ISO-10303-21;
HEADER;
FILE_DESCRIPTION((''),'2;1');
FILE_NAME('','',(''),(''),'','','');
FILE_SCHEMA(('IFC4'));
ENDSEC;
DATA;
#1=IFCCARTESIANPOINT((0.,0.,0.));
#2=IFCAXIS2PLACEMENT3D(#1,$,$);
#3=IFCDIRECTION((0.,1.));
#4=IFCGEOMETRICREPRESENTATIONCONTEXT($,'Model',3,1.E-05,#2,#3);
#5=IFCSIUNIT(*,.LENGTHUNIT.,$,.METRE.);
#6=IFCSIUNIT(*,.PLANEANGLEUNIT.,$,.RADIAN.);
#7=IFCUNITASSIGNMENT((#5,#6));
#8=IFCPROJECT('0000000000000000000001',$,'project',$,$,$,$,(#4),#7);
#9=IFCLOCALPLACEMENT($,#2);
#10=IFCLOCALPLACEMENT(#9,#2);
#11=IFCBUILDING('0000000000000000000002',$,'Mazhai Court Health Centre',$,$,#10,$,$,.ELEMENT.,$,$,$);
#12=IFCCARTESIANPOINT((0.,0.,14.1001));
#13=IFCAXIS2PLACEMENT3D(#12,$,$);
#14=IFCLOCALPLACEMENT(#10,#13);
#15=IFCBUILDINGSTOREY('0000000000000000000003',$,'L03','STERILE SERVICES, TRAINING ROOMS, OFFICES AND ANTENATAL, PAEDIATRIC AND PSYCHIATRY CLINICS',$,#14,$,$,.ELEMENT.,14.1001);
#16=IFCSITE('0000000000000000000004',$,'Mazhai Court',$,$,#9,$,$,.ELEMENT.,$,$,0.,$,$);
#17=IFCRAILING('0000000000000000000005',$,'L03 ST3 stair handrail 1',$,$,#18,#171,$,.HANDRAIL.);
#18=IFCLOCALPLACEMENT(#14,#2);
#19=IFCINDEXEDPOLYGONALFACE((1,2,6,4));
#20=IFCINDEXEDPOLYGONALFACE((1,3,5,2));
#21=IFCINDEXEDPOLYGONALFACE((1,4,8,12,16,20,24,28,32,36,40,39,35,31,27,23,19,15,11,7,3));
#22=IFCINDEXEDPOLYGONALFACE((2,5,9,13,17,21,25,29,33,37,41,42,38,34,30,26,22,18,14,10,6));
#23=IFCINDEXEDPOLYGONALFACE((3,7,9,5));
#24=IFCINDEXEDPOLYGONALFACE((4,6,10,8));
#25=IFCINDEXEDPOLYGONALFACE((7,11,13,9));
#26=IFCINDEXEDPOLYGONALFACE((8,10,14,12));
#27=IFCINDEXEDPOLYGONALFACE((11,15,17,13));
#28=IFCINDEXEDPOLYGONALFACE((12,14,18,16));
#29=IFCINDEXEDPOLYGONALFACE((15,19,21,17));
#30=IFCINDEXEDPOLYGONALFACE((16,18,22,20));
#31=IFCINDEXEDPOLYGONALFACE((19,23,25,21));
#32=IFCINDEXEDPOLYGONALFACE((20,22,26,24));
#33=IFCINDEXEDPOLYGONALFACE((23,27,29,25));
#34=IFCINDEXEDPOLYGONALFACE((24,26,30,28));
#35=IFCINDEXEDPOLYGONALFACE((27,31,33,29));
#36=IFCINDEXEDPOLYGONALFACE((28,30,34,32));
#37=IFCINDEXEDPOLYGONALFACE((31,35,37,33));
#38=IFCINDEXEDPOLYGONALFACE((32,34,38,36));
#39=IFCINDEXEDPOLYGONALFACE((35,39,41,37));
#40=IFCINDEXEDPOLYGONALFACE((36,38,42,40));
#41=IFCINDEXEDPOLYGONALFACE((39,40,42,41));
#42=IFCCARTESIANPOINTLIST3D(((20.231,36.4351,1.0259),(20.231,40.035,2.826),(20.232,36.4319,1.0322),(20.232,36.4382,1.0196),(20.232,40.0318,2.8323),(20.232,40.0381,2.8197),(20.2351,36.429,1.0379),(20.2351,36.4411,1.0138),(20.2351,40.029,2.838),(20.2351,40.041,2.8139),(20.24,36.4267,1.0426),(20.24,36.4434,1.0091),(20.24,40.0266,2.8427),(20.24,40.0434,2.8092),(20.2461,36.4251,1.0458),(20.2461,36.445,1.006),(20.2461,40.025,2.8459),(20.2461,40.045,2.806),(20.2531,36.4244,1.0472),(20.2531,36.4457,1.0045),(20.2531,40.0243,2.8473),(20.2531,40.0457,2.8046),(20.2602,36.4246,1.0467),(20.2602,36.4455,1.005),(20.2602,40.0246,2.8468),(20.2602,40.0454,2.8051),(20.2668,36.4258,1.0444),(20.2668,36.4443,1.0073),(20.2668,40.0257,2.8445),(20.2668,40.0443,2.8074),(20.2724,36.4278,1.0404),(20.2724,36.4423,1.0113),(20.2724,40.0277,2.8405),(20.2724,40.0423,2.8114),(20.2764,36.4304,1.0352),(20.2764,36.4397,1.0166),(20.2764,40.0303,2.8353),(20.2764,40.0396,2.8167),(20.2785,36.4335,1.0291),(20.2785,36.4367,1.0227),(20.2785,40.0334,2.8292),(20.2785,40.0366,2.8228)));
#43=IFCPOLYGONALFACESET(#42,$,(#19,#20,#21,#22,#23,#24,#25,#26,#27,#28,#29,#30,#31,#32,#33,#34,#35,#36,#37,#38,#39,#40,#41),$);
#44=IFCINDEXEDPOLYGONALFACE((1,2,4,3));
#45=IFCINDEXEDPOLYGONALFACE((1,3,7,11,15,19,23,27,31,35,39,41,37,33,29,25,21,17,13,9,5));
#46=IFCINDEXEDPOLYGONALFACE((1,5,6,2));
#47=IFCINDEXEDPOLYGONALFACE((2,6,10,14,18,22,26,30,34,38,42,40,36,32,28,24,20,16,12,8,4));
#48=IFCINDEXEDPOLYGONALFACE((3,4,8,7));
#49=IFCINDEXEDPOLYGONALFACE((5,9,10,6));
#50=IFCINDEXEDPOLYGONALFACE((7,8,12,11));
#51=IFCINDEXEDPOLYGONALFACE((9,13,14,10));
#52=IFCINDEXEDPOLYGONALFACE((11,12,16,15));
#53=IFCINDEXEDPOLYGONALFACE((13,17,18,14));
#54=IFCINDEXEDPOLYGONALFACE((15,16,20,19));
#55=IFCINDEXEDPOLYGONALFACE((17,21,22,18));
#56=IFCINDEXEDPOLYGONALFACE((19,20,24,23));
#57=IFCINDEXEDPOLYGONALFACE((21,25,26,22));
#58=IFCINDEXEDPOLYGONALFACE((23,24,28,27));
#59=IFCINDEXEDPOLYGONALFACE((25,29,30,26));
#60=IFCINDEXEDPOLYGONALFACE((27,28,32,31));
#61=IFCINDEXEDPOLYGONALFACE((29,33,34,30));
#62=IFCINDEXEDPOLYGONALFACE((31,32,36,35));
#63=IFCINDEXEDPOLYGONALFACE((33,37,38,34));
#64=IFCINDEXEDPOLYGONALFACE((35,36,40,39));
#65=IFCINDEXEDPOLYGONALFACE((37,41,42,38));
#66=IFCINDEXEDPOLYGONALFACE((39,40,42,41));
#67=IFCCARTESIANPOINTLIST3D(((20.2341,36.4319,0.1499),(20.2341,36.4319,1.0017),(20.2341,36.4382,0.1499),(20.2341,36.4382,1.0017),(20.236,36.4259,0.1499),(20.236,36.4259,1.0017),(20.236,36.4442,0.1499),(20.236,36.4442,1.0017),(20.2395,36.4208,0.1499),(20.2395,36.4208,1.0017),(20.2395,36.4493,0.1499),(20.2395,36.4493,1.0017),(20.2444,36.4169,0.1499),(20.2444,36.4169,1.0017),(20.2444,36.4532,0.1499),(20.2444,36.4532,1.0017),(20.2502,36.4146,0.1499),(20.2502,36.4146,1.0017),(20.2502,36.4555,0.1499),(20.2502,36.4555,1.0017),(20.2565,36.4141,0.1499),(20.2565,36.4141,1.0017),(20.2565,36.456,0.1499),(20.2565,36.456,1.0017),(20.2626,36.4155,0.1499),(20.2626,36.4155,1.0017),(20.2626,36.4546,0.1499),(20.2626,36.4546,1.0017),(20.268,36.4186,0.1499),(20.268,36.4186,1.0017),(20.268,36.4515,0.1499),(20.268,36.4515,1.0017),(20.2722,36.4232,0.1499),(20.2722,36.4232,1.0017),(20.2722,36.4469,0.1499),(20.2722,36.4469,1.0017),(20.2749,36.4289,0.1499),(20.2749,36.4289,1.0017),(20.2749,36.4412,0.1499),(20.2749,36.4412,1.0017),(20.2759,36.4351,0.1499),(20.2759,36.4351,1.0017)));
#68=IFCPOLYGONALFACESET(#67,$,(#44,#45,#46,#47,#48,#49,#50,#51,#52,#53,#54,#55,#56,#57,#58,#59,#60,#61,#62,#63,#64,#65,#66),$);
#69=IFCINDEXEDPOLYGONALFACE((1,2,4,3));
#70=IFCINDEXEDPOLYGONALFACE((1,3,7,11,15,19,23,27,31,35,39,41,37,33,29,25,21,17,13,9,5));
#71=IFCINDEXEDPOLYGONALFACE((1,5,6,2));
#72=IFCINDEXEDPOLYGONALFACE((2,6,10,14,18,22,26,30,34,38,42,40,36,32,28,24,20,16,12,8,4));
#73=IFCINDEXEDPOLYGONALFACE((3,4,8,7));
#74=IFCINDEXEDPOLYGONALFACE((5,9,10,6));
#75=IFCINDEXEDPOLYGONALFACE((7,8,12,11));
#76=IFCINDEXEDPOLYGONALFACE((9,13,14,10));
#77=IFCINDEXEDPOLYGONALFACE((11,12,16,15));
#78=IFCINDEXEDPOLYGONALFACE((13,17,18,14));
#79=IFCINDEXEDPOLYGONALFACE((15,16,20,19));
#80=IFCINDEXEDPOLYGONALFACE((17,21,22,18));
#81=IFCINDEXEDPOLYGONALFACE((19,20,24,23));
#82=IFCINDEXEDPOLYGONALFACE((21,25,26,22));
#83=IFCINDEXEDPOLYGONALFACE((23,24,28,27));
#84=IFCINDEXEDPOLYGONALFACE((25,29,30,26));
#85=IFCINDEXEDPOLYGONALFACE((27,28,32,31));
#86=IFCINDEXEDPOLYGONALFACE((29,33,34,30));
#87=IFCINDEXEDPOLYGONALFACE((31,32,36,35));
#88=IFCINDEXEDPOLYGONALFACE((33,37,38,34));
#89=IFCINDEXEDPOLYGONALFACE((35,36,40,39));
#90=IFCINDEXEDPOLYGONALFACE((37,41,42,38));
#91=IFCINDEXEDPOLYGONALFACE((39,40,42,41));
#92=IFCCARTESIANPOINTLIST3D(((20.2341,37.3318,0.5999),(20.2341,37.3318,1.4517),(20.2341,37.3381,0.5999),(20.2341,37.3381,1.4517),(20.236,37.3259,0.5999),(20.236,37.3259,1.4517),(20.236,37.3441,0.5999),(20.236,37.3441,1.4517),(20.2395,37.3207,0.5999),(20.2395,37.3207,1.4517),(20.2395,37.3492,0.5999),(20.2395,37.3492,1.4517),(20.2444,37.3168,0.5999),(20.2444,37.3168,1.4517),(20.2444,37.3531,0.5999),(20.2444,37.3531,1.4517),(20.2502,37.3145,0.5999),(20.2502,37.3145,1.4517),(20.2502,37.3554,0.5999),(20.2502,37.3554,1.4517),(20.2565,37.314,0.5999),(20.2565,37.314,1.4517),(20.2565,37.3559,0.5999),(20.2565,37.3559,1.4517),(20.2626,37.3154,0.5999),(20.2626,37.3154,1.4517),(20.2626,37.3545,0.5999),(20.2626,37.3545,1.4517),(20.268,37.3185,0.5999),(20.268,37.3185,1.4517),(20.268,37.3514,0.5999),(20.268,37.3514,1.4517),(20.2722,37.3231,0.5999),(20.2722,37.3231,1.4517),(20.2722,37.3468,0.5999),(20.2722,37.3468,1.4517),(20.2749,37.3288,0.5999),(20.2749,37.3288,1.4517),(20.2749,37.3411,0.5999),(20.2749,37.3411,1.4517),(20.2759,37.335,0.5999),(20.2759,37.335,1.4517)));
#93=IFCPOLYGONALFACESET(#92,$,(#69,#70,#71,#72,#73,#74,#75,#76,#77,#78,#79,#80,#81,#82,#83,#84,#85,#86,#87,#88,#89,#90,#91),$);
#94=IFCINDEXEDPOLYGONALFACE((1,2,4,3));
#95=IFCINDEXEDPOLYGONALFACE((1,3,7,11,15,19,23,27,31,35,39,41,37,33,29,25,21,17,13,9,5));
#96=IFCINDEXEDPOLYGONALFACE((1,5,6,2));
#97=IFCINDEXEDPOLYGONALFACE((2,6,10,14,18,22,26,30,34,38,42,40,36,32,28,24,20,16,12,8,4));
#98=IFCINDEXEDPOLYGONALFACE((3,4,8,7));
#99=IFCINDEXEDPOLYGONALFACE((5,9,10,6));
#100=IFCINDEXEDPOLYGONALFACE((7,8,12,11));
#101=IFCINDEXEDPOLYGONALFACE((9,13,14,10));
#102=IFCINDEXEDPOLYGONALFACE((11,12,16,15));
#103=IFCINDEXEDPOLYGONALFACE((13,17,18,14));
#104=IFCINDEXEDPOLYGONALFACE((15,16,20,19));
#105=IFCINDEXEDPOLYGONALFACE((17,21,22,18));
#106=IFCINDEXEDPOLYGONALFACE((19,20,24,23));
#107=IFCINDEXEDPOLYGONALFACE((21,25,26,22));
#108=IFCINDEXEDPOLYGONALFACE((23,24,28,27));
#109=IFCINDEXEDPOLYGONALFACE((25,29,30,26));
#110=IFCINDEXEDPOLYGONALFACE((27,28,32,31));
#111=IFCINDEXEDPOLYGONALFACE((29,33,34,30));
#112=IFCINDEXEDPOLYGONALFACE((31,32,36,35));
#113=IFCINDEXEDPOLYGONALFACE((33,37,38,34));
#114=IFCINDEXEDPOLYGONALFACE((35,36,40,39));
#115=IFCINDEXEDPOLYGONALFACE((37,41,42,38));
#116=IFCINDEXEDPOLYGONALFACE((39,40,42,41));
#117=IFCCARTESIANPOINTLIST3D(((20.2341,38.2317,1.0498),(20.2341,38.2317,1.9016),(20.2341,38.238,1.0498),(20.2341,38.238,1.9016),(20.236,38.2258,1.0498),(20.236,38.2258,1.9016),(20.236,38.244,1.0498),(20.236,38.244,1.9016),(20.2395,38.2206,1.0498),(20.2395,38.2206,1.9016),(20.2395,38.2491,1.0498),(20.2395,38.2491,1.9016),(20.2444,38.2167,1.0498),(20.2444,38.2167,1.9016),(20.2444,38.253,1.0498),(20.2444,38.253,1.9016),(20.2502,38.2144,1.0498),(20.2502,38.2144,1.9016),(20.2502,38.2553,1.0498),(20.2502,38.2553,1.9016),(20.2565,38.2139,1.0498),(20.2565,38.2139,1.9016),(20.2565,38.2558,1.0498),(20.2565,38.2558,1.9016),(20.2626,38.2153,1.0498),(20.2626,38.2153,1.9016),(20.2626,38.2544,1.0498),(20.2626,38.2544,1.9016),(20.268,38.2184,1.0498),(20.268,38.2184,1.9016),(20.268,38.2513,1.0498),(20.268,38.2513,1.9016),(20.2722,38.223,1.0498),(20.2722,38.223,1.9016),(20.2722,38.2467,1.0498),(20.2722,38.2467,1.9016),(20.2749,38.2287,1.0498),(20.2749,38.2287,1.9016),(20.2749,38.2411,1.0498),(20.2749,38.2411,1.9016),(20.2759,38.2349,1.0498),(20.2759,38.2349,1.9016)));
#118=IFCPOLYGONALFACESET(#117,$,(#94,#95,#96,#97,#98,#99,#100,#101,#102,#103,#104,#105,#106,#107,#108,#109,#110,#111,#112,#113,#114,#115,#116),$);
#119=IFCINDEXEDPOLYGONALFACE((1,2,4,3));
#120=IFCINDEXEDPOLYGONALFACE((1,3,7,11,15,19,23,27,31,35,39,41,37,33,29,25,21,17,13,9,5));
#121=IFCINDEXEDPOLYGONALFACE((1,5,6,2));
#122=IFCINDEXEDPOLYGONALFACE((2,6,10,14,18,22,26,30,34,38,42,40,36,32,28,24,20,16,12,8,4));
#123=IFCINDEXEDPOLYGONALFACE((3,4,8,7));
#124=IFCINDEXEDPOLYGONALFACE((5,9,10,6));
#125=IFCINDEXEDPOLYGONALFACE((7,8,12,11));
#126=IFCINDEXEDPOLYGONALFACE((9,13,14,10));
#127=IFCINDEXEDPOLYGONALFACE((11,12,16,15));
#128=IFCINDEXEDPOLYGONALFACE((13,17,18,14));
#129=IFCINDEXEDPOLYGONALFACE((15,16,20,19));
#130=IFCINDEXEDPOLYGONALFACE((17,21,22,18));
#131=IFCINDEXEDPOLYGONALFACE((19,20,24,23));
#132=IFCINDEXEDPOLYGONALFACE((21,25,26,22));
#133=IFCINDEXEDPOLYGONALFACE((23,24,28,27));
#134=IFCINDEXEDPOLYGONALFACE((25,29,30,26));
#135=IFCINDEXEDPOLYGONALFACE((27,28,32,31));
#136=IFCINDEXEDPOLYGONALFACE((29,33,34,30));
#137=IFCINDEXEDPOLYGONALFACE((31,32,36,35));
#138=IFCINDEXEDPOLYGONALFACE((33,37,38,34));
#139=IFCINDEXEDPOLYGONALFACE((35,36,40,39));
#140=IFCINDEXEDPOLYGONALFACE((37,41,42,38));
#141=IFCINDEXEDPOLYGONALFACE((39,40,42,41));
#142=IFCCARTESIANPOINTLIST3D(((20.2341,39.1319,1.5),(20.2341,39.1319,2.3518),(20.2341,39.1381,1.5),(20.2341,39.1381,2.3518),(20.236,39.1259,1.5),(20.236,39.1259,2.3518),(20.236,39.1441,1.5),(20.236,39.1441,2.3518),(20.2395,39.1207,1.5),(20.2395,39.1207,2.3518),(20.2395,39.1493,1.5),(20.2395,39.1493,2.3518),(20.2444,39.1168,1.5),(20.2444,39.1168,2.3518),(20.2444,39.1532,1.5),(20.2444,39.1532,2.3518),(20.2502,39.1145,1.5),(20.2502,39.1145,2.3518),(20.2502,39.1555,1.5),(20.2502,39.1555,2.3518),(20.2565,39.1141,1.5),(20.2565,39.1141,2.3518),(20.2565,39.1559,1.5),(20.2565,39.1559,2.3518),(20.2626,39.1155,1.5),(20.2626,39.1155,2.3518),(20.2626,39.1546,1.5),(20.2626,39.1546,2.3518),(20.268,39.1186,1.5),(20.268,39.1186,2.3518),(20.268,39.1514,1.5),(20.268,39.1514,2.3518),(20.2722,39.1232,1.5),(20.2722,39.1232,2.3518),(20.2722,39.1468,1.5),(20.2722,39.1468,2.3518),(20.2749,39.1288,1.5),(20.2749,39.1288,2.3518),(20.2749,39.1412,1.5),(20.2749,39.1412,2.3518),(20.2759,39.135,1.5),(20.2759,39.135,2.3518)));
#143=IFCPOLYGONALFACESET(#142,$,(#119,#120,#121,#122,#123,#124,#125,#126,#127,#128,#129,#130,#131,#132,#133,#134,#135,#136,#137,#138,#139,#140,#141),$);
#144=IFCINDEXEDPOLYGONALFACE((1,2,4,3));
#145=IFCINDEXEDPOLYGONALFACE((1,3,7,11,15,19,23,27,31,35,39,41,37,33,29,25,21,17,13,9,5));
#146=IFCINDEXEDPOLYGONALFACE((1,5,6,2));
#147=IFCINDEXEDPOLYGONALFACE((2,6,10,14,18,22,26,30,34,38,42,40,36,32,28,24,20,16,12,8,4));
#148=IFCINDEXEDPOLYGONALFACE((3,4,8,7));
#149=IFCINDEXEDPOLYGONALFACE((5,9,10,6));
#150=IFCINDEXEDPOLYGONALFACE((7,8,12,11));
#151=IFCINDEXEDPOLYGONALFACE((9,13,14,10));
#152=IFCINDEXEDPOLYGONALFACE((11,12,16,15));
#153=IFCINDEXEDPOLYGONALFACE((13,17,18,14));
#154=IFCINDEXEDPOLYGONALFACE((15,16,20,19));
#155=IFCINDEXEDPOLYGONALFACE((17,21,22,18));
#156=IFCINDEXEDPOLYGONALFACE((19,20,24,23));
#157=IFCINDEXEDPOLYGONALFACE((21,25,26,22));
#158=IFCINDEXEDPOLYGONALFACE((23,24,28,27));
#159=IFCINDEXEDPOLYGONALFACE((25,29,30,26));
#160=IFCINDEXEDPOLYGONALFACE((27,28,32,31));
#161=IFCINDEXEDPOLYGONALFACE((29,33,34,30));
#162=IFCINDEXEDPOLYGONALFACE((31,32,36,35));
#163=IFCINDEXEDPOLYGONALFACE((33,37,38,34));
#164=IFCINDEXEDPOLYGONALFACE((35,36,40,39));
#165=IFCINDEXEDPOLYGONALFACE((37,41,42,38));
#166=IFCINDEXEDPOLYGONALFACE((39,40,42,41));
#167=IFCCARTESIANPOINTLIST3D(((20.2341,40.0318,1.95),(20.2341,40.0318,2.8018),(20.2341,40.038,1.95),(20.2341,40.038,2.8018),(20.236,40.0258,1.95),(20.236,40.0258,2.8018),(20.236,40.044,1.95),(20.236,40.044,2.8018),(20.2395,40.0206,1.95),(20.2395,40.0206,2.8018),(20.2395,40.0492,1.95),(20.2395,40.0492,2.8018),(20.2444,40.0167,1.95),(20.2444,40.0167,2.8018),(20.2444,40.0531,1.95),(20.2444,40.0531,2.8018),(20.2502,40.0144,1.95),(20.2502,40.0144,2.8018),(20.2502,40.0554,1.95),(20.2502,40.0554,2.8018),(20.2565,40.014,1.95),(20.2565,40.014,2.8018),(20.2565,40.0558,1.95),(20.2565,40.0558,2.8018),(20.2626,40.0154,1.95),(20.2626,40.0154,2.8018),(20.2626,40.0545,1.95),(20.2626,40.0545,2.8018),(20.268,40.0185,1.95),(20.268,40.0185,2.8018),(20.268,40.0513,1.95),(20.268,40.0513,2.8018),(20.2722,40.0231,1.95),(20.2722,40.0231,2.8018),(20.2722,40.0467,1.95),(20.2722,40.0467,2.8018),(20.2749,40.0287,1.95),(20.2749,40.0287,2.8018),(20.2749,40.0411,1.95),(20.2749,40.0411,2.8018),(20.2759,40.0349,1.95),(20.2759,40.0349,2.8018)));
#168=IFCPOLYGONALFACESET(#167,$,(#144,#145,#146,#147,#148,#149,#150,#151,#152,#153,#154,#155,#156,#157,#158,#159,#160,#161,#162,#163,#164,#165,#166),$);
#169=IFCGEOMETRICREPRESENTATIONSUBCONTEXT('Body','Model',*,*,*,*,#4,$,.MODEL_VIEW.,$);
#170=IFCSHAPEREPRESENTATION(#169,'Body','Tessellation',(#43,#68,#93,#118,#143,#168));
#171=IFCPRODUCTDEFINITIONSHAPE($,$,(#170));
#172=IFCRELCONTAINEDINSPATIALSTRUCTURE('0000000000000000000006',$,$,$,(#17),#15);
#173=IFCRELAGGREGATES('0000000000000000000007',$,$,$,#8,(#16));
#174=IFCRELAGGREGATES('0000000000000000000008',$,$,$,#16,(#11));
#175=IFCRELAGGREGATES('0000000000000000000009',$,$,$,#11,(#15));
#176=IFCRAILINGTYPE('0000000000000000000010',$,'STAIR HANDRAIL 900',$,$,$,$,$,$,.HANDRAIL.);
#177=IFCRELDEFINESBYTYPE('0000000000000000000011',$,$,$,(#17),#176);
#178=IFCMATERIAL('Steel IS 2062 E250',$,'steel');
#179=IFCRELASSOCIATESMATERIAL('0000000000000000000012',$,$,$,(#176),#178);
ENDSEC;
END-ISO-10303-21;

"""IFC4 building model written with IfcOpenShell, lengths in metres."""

from ifc_helpers import new_model, si_unit, direction, frame, origin, origin_2d, place, context, subcontext, project, spatial, circle, extrude, material, type_object, element, save


model = new_model("IFC4")

# Units and contexts
model_context = context("Model", 3, precision=1e-05, world=origin(), true_north=direction((0.0, 1.0)))
body_context = subcontext(model_context, "Body", "Model", "MODEL_VIEW")
ifc_project = project(units=[si_unit("LENGTHUNIT", "METRE"), si_unit("PLANEANGLEUNIT", "RADIAN")], contexts=[model_context])

# Site, building, storey
site_placement = place(None, origin())
site = spatial("IfcSite", under=ifc_project, at=site_placement, Name="Mazhai Court", CompositionType="ELEMENT", RefElevation=0.0)
building_placement = place(site_placement, origin())
building = spatial("IfcBuilding", under=site, at=building_placement, Name="Mazhai Court Health Centre", CompositionType="ELEMENT")
storey_placement = place(building_placement, frame((0.0, 0.0, 14.1001)))
storey = spatial("IfcBuildingStorey", under=building, at=storey_placement, Name="L03", Description="STERILE SERVICES, TRAINING ROOMS, OFFICES AND ANTENATAL, PAEDIATRIC AND PSYCHIATRY CLINICS", CompositionType="ELEMENT", Elevation=14.1001)

# Railing
ifc_material_1 = material(Name="Steel IS 2062 E250", Category="steel")
railing_type_1 = type_object("IfcRailingType", Name="STAIR HANDRAIL 900", PredefinedType="HANDRAIL", material=ifc_material_1)
railing_1_placement = place(storey_placement, frame((20.2549, 36.4351, 0.1499)))
element("IfcRailing", 1, at=railing_1_placement, inside=storey, type_object=railing_type_1, Name="L03 ST3 stair handrail 1", PredefinedType="HANDRAIL", context=body_context, shape_type="SweptSolid", body=[
    extrude(circle(Radius=0.0239, at=origin_2d()), frame((0.0, 0.0, 0.876), z_axis=(0.0, 0.894415, 0.447238), x_axis=(-1.0, 0.0, 0.0)), (0.0, 0.0, 1.0), 4.0249),
    extrude(circle(Radius=0.021, at=origin_2d()), origin(), (0.0, 0.0, 1.0), 0.8518),
    extrude(circle(Radius=0.021, at=origin_2d()), frame((0.0, 0.8999, 0.45)), (0.0, 0.0, 1.0), 0.8518),
    extrude(circle(Radius=0.021, at=origin_2d()), frame((0.0, 1.7998, 0.8999)), (0.0, 0.0, 1.0), 0.8518),
    extrude(circle(Radius=0.021, at=origin_2d()), frame((0.0, 2.7, 1.3501)), (0.0, 0.0, 1.0), 0.8518),
    extrude(circle(Radius=0.021, at=origin_2d()), frame((0.0, 3.5999, 1.8)), (0.0, 0.0, 1.0), 0.8518),
])

save(model, "model.ifc")
